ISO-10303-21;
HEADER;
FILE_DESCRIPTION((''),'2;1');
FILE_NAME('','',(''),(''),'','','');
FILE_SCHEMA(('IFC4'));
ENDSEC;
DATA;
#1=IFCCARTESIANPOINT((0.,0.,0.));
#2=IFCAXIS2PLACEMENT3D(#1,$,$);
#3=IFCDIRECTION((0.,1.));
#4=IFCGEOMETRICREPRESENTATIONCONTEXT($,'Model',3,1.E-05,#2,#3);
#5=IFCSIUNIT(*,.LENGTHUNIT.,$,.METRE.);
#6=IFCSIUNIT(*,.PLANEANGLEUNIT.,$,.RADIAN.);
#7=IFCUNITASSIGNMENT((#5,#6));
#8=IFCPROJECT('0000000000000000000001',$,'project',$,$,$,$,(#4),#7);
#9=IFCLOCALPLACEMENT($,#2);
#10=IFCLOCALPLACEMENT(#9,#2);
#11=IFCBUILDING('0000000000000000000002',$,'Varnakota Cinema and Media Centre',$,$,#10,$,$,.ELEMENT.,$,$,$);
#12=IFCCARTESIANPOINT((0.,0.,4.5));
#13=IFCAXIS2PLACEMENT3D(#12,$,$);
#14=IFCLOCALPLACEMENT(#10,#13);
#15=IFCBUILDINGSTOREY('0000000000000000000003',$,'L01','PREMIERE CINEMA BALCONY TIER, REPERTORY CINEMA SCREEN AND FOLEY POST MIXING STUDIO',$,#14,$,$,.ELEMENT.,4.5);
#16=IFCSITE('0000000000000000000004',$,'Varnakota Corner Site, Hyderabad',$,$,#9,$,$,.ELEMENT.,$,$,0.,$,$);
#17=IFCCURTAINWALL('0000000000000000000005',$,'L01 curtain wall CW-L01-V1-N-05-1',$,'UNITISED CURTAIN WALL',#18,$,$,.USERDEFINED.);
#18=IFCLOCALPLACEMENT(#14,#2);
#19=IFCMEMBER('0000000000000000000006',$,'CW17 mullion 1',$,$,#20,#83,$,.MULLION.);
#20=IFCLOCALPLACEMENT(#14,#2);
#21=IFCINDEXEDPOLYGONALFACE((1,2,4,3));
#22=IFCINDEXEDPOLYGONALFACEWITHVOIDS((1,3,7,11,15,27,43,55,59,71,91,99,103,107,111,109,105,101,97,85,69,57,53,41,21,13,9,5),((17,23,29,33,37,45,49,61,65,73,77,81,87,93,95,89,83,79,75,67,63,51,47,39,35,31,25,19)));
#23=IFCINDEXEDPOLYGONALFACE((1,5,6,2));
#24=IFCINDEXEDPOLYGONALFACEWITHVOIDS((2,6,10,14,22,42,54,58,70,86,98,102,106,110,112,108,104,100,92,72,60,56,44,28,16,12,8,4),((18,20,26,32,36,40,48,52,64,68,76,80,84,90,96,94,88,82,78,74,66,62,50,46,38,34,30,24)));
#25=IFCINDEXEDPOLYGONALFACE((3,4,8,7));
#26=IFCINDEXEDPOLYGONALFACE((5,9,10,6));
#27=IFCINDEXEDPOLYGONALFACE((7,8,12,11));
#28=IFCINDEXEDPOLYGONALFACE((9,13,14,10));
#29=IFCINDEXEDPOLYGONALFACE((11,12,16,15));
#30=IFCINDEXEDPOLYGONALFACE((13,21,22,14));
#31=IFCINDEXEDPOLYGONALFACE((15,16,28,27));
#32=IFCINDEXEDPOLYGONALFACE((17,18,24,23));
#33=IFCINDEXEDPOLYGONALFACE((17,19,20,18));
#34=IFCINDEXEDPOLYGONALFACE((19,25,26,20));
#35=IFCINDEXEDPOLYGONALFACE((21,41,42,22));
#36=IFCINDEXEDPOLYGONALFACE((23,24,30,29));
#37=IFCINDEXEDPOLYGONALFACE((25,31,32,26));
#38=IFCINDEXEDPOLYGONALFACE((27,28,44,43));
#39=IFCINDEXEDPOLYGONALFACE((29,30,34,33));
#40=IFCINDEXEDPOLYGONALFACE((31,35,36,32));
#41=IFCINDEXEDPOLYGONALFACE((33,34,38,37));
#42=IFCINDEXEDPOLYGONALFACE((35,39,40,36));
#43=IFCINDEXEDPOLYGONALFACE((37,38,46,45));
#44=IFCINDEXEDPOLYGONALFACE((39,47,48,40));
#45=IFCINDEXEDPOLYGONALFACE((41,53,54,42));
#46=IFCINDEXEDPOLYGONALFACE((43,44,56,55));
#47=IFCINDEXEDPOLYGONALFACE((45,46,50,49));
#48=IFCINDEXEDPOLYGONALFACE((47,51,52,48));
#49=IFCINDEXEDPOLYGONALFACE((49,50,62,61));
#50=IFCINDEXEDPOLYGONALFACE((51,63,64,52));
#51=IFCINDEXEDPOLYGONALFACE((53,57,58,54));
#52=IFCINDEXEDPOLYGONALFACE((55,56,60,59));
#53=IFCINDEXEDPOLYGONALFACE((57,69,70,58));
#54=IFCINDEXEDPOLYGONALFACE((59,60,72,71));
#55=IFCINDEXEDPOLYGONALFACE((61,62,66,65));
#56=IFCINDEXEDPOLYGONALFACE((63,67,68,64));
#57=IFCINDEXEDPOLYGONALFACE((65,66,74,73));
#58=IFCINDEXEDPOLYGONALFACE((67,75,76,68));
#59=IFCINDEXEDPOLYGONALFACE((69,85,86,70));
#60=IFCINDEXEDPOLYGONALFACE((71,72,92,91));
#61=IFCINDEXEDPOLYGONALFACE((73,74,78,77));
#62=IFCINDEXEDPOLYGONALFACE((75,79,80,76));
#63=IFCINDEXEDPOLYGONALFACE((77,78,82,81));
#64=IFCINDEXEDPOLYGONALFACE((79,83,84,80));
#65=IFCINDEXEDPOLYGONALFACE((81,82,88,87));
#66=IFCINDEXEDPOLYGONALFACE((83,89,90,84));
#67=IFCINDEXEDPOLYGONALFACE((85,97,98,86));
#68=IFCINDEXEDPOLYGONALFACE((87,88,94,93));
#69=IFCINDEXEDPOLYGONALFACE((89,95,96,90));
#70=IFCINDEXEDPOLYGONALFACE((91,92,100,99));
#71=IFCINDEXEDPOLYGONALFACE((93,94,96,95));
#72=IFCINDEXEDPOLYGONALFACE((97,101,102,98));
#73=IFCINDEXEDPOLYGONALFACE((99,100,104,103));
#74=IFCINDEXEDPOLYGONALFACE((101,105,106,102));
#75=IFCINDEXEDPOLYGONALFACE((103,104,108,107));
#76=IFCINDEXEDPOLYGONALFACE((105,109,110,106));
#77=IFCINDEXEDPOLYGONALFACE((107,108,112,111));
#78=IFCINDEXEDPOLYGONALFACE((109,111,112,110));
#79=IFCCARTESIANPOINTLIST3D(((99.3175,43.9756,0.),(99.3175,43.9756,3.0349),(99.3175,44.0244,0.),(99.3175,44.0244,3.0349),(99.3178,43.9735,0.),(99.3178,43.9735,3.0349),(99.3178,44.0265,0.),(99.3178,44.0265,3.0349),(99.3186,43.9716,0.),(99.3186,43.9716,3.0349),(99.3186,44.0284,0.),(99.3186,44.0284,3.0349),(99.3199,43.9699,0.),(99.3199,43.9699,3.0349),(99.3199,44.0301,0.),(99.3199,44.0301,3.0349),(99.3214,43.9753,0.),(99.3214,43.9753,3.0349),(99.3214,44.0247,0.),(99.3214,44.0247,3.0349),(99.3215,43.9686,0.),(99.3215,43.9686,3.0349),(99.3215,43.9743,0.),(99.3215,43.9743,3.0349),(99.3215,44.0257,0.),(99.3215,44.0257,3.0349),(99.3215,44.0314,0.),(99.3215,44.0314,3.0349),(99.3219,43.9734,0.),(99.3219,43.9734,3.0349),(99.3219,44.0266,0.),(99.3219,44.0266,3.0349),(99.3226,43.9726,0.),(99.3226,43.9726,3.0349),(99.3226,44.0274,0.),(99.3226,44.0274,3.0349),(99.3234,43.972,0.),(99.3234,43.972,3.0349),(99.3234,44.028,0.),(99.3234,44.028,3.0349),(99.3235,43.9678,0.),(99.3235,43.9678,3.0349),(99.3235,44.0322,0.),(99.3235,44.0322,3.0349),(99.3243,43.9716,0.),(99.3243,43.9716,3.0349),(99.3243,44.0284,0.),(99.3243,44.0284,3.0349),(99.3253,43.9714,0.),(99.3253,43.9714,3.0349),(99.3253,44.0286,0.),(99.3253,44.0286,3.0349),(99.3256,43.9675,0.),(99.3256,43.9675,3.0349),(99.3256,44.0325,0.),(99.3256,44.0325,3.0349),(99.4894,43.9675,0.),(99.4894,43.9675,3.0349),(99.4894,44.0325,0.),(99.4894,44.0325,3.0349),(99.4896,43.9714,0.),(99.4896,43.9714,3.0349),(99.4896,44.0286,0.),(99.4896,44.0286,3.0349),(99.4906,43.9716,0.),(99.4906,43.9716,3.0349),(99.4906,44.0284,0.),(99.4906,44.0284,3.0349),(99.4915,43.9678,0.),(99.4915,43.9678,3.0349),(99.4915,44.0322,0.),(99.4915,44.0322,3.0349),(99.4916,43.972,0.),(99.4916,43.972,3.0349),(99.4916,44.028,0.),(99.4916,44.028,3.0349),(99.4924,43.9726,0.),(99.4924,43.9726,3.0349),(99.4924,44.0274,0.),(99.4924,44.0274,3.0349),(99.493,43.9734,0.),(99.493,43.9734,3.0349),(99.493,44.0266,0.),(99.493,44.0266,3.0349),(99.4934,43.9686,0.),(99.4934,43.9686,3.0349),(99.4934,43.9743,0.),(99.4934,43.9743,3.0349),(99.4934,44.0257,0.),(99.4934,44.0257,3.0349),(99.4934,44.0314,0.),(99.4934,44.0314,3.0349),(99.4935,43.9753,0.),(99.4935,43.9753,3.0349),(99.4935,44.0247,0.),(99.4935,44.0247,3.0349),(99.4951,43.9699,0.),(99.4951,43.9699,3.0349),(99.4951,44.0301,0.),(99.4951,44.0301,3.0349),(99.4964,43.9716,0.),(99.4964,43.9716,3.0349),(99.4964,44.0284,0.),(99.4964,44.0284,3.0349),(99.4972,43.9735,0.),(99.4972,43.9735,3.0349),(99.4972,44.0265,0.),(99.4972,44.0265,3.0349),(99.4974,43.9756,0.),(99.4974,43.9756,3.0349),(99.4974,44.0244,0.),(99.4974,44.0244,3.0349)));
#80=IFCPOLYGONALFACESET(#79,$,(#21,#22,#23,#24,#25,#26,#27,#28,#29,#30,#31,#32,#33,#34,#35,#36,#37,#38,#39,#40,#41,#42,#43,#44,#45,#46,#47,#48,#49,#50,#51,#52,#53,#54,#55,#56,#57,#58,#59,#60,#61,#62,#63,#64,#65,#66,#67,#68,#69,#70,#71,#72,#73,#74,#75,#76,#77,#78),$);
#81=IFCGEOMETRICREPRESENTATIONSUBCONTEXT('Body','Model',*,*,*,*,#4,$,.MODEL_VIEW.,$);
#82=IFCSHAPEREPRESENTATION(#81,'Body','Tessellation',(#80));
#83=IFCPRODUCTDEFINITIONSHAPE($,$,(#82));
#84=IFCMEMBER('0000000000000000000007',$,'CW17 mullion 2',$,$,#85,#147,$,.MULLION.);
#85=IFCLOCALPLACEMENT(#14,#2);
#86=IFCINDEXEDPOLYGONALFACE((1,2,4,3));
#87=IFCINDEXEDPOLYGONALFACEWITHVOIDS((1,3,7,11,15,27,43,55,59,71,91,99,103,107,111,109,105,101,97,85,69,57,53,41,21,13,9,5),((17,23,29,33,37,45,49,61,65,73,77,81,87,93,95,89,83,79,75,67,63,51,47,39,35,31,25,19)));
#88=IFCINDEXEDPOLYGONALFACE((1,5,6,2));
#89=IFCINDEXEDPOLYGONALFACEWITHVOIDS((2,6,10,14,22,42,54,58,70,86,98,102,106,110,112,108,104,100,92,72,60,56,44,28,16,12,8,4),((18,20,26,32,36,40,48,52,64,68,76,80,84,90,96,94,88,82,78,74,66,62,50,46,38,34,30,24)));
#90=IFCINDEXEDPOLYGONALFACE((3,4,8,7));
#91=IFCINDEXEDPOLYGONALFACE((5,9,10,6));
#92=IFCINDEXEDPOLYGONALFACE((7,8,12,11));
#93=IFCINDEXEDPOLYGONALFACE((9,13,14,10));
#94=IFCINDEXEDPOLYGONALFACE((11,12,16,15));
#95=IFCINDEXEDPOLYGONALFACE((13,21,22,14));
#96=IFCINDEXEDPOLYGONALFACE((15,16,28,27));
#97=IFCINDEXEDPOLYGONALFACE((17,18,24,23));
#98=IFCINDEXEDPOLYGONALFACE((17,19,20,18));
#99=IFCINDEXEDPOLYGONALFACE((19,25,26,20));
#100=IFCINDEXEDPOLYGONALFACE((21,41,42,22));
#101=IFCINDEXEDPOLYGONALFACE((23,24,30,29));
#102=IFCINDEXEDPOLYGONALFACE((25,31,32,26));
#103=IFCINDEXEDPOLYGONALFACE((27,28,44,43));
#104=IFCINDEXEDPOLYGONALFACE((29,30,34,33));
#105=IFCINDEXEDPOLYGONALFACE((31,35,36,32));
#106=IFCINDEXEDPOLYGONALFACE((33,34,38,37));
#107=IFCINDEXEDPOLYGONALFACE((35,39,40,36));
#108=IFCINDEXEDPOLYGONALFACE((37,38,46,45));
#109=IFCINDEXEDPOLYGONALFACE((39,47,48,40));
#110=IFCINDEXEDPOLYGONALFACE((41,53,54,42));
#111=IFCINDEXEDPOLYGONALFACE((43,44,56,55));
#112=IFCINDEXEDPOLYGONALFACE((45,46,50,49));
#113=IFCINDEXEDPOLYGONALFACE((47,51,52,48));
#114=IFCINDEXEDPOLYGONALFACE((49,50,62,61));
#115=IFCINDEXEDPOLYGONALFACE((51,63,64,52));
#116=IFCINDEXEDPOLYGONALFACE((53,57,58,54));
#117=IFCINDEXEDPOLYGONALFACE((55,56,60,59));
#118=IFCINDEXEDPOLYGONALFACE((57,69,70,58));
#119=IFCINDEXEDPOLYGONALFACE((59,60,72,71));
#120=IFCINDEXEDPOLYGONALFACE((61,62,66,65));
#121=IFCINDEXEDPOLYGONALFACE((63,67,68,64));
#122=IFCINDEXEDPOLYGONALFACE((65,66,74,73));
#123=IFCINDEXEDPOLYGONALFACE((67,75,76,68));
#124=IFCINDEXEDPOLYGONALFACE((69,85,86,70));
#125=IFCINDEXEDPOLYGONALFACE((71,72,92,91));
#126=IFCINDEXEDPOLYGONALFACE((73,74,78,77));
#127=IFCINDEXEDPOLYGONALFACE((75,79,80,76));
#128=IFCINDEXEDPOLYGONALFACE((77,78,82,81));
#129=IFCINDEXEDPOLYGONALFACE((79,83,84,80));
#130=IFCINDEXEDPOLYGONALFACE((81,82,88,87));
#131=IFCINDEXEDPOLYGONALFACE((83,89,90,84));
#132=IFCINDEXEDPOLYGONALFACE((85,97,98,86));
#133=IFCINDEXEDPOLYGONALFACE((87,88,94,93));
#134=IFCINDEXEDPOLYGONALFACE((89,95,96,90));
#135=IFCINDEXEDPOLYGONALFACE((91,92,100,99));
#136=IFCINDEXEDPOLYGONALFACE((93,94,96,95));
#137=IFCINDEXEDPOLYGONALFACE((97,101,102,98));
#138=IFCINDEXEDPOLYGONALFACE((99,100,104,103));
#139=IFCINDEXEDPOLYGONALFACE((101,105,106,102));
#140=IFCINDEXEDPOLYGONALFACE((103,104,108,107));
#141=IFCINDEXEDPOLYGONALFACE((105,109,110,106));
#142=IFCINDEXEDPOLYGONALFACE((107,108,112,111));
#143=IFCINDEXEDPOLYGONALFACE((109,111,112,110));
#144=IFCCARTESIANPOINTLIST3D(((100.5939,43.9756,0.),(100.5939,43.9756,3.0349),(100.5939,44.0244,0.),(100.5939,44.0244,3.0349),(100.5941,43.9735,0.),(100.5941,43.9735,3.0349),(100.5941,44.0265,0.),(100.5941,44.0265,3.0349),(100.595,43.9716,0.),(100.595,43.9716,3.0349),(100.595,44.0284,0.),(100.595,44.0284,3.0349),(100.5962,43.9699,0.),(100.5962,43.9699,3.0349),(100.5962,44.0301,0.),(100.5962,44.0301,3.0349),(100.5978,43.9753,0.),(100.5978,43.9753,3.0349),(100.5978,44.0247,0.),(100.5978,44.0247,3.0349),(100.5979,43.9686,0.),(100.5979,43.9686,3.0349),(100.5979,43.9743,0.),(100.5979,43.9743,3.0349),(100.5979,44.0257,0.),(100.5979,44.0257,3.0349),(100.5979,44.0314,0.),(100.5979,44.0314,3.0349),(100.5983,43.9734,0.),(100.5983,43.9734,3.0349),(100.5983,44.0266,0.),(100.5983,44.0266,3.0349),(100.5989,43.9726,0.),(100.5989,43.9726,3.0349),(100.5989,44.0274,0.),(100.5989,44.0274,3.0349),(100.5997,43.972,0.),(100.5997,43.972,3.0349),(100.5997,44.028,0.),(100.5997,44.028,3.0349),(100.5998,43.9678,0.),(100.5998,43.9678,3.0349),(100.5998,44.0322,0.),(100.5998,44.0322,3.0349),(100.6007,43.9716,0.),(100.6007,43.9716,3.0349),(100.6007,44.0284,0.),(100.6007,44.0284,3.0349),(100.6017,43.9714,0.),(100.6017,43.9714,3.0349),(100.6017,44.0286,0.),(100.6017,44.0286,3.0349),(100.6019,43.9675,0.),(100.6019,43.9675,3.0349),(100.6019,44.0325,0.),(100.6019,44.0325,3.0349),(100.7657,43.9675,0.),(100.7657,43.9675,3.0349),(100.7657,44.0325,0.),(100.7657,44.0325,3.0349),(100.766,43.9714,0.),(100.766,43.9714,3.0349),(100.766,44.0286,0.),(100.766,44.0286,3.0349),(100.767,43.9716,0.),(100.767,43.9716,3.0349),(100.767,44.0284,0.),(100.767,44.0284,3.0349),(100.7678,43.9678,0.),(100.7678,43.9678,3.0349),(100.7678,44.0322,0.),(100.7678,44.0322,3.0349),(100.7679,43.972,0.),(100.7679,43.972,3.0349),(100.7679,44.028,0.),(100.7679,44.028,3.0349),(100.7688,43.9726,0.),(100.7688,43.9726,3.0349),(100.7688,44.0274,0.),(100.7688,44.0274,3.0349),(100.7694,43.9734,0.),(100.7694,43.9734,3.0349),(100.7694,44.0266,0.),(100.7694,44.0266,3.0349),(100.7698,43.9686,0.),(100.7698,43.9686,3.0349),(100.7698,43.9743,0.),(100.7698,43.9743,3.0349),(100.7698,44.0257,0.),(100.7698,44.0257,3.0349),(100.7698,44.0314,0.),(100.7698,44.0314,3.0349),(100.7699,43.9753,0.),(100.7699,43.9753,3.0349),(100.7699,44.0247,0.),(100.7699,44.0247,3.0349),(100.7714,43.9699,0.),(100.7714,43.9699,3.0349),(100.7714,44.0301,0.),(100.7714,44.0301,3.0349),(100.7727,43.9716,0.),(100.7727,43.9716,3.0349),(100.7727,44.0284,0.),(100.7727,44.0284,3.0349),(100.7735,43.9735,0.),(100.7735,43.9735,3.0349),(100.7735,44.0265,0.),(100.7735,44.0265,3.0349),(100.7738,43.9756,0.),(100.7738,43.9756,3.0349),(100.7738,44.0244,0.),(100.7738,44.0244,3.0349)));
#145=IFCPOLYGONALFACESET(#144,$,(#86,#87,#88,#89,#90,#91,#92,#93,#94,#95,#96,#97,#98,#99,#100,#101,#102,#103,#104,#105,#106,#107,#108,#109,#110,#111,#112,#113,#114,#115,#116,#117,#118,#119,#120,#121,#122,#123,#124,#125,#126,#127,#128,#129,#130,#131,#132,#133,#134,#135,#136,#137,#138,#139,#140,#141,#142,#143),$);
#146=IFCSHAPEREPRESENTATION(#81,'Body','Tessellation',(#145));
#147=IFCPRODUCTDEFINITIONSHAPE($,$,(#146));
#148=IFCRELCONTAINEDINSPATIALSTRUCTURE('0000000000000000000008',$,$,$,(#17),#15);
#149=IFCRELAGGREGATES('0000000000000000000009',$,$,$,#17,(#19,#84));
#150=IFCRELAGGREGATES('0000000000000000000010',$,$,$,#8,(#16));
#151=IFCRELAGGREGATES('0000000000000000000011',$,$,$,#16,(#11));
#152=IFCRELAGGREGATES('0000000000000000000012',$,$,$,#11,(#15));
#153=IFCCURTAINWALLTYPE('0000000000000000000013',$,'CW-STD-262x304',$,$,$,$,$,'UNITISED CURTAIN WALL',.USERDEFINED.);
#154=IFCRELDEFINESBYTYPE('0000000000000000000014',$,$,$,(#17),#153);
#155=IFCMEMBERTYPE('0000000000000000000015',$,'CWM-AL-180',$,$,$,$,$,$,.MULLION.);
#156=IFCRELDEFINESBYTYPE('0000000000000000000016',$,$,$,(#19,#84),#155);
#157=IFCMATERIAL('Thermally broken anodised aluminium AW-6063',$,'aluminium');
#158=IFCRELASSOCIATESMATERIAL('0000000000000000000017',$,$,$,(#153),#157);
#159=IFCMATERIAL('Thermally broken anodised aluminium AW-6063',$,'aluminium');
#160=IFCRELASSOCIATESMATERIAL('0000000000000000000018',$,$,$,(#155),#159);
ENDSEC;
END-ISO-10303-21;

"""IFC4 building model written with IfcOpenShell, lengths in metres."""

from ifc_helpers import new_model, si_unit, direction, frame, origin, origin_2d, place, context, subcontext, project, spatial, hollow_rectangle, extrude, material, material_profile, profile_set, type_object, element, aggregate, save


model = new_model("IFC4")

# Units and contexts
model_context = context("Model", 3, precision=1e-05, world=origin(), true_north=direction((0.0, 1.0)))
body_context = subcontext(model_context, "Body", "Model", "MODEL_VIEW")
ifc_project = project(units=[si_unit("LENGTHUNIT", "METRE"), si_unit("PLANEANGLEUNIT", "RADIAN")], contexts=[model_context])

# Site, building, storey
site_placement = place(None, origin())
site = spatial("IfcSite", under=ifc_project, at=site_placement, Name="Varnakota Corner Site, Hyderabad", CompositionType="ELEMENT", RefElevation=0.0)
building_placement = place(site_placement, origin())
building = spatial("IfcBuilding", under=site, at=building_placement, Name="Varnakota Cinema and Media Centre", CompositionType="ELEMENT")
storey_placement = place(building_placement, frame((0.0, 0.0, 4.5)))
storey = spatial("IfcBuildingStorey", under=building, at=storey_placement, Name="L01", Description="PREMIERE CINEMA BALCONY TIER, REPERTORY CINEMA SCREEN AND FOLEY POST MIXING STUDIO", CompositionType="ELEMENT", Elevation=4.5)

# Curtain wall, members
ifc_material_1 = material(Name="Thermally broken anodised aluminium AW-6063", Category="aluminium")
curtain_wall_type = type_object("IfcCurtainWallType", Name="CW-STD-262x304", ElementType="UNITISED CURTAIN WALL", PredefinedType="USERDEFINED", material=ifc_material_1)
curtain_wall_1_placement = place(storey_placement, origin())
curtain_wall_1 = element("IfcCurtainWall", 1, at=curtain_wall_1_placement, inside=storey, type_object=curtain_wall_type, Name="L01 curtain wall CW-L01-V1-N-05-1", ObjectType="UNITISED CURTAIN WALL", PredefinedType="USERDEFINED")
ifc_material_2 = material(Name="Thermally broken anodised aluminium AW-6063", Category="aluminium")
ifc_material_profile_1 = material_profile(ifc_material_2, hollow_rectangle(XDim=0.0649, YDim=0.1799, WallThickness=0.0039, InnerFilletRadius=0.0039, OuterFilletRadius=0.0081, at=origin_2d()), Name="AL-MULLION 180x65x4")
ifc_profile_set_1 = profile_set([ifc_material_profile_1], Name="Thermally broken anodised aluminium AW-6063")
member_type_1 = type_object("IfcMemberType", Name="CWM-AL-180", PredefinedType="MULLION", material=ifc_profile_set_1)
member_1_placement = place(storey_placement, frame((99.4075, 44.0, 0.0), z_axis=(0.0, 0.0, 1.0), x_axis=(0.0, 1.0, 0.0)))
member_1 = element("IfcMember", 2, at=member_1_placement, type_object=member_type_1, Name="CW17 mullion 1", PredefinedType="MULLION", context=body_context, shape_type="SweptSolid", body=[
    extrude(hollow_rectangle(XDim=0.0649, YDim=0.1799, WallThickness=0.0039, InnerFilletRadius=0.0039, OuterFilletRadius=0.0081, at=origin_2d()), origin(), (0.0, 0.0, 1.0), 3.0349),
])
member_2_placement = place(storey_placement, frame((100.6838, 44.0, 0.0), z_axis=(0.0, 0.0, 1.0), x_axis=(0.0, 1.0, 0.0)))
member_2 = element("IfcMember", 3, at=member_2_placement, type_object=member_type_1, Name="CW17 mullion 2", PredefinedType="MULLION", context=body_context, shape_type="SweptSolid", body=[
    extrude(hollow_rectangle(XDim=0.0649, YDim=0.1799, WallThickness=0.0039, InnerFilletRadius=0.0039, OuterFilletRadius=0.0081, at=origin_2d()), origin(), (0.0, 0.0, 1.0), 3.0349),
])

aggregate(curtain_wall_1, [member_1, member_2])

save(model, "model.ifc")
